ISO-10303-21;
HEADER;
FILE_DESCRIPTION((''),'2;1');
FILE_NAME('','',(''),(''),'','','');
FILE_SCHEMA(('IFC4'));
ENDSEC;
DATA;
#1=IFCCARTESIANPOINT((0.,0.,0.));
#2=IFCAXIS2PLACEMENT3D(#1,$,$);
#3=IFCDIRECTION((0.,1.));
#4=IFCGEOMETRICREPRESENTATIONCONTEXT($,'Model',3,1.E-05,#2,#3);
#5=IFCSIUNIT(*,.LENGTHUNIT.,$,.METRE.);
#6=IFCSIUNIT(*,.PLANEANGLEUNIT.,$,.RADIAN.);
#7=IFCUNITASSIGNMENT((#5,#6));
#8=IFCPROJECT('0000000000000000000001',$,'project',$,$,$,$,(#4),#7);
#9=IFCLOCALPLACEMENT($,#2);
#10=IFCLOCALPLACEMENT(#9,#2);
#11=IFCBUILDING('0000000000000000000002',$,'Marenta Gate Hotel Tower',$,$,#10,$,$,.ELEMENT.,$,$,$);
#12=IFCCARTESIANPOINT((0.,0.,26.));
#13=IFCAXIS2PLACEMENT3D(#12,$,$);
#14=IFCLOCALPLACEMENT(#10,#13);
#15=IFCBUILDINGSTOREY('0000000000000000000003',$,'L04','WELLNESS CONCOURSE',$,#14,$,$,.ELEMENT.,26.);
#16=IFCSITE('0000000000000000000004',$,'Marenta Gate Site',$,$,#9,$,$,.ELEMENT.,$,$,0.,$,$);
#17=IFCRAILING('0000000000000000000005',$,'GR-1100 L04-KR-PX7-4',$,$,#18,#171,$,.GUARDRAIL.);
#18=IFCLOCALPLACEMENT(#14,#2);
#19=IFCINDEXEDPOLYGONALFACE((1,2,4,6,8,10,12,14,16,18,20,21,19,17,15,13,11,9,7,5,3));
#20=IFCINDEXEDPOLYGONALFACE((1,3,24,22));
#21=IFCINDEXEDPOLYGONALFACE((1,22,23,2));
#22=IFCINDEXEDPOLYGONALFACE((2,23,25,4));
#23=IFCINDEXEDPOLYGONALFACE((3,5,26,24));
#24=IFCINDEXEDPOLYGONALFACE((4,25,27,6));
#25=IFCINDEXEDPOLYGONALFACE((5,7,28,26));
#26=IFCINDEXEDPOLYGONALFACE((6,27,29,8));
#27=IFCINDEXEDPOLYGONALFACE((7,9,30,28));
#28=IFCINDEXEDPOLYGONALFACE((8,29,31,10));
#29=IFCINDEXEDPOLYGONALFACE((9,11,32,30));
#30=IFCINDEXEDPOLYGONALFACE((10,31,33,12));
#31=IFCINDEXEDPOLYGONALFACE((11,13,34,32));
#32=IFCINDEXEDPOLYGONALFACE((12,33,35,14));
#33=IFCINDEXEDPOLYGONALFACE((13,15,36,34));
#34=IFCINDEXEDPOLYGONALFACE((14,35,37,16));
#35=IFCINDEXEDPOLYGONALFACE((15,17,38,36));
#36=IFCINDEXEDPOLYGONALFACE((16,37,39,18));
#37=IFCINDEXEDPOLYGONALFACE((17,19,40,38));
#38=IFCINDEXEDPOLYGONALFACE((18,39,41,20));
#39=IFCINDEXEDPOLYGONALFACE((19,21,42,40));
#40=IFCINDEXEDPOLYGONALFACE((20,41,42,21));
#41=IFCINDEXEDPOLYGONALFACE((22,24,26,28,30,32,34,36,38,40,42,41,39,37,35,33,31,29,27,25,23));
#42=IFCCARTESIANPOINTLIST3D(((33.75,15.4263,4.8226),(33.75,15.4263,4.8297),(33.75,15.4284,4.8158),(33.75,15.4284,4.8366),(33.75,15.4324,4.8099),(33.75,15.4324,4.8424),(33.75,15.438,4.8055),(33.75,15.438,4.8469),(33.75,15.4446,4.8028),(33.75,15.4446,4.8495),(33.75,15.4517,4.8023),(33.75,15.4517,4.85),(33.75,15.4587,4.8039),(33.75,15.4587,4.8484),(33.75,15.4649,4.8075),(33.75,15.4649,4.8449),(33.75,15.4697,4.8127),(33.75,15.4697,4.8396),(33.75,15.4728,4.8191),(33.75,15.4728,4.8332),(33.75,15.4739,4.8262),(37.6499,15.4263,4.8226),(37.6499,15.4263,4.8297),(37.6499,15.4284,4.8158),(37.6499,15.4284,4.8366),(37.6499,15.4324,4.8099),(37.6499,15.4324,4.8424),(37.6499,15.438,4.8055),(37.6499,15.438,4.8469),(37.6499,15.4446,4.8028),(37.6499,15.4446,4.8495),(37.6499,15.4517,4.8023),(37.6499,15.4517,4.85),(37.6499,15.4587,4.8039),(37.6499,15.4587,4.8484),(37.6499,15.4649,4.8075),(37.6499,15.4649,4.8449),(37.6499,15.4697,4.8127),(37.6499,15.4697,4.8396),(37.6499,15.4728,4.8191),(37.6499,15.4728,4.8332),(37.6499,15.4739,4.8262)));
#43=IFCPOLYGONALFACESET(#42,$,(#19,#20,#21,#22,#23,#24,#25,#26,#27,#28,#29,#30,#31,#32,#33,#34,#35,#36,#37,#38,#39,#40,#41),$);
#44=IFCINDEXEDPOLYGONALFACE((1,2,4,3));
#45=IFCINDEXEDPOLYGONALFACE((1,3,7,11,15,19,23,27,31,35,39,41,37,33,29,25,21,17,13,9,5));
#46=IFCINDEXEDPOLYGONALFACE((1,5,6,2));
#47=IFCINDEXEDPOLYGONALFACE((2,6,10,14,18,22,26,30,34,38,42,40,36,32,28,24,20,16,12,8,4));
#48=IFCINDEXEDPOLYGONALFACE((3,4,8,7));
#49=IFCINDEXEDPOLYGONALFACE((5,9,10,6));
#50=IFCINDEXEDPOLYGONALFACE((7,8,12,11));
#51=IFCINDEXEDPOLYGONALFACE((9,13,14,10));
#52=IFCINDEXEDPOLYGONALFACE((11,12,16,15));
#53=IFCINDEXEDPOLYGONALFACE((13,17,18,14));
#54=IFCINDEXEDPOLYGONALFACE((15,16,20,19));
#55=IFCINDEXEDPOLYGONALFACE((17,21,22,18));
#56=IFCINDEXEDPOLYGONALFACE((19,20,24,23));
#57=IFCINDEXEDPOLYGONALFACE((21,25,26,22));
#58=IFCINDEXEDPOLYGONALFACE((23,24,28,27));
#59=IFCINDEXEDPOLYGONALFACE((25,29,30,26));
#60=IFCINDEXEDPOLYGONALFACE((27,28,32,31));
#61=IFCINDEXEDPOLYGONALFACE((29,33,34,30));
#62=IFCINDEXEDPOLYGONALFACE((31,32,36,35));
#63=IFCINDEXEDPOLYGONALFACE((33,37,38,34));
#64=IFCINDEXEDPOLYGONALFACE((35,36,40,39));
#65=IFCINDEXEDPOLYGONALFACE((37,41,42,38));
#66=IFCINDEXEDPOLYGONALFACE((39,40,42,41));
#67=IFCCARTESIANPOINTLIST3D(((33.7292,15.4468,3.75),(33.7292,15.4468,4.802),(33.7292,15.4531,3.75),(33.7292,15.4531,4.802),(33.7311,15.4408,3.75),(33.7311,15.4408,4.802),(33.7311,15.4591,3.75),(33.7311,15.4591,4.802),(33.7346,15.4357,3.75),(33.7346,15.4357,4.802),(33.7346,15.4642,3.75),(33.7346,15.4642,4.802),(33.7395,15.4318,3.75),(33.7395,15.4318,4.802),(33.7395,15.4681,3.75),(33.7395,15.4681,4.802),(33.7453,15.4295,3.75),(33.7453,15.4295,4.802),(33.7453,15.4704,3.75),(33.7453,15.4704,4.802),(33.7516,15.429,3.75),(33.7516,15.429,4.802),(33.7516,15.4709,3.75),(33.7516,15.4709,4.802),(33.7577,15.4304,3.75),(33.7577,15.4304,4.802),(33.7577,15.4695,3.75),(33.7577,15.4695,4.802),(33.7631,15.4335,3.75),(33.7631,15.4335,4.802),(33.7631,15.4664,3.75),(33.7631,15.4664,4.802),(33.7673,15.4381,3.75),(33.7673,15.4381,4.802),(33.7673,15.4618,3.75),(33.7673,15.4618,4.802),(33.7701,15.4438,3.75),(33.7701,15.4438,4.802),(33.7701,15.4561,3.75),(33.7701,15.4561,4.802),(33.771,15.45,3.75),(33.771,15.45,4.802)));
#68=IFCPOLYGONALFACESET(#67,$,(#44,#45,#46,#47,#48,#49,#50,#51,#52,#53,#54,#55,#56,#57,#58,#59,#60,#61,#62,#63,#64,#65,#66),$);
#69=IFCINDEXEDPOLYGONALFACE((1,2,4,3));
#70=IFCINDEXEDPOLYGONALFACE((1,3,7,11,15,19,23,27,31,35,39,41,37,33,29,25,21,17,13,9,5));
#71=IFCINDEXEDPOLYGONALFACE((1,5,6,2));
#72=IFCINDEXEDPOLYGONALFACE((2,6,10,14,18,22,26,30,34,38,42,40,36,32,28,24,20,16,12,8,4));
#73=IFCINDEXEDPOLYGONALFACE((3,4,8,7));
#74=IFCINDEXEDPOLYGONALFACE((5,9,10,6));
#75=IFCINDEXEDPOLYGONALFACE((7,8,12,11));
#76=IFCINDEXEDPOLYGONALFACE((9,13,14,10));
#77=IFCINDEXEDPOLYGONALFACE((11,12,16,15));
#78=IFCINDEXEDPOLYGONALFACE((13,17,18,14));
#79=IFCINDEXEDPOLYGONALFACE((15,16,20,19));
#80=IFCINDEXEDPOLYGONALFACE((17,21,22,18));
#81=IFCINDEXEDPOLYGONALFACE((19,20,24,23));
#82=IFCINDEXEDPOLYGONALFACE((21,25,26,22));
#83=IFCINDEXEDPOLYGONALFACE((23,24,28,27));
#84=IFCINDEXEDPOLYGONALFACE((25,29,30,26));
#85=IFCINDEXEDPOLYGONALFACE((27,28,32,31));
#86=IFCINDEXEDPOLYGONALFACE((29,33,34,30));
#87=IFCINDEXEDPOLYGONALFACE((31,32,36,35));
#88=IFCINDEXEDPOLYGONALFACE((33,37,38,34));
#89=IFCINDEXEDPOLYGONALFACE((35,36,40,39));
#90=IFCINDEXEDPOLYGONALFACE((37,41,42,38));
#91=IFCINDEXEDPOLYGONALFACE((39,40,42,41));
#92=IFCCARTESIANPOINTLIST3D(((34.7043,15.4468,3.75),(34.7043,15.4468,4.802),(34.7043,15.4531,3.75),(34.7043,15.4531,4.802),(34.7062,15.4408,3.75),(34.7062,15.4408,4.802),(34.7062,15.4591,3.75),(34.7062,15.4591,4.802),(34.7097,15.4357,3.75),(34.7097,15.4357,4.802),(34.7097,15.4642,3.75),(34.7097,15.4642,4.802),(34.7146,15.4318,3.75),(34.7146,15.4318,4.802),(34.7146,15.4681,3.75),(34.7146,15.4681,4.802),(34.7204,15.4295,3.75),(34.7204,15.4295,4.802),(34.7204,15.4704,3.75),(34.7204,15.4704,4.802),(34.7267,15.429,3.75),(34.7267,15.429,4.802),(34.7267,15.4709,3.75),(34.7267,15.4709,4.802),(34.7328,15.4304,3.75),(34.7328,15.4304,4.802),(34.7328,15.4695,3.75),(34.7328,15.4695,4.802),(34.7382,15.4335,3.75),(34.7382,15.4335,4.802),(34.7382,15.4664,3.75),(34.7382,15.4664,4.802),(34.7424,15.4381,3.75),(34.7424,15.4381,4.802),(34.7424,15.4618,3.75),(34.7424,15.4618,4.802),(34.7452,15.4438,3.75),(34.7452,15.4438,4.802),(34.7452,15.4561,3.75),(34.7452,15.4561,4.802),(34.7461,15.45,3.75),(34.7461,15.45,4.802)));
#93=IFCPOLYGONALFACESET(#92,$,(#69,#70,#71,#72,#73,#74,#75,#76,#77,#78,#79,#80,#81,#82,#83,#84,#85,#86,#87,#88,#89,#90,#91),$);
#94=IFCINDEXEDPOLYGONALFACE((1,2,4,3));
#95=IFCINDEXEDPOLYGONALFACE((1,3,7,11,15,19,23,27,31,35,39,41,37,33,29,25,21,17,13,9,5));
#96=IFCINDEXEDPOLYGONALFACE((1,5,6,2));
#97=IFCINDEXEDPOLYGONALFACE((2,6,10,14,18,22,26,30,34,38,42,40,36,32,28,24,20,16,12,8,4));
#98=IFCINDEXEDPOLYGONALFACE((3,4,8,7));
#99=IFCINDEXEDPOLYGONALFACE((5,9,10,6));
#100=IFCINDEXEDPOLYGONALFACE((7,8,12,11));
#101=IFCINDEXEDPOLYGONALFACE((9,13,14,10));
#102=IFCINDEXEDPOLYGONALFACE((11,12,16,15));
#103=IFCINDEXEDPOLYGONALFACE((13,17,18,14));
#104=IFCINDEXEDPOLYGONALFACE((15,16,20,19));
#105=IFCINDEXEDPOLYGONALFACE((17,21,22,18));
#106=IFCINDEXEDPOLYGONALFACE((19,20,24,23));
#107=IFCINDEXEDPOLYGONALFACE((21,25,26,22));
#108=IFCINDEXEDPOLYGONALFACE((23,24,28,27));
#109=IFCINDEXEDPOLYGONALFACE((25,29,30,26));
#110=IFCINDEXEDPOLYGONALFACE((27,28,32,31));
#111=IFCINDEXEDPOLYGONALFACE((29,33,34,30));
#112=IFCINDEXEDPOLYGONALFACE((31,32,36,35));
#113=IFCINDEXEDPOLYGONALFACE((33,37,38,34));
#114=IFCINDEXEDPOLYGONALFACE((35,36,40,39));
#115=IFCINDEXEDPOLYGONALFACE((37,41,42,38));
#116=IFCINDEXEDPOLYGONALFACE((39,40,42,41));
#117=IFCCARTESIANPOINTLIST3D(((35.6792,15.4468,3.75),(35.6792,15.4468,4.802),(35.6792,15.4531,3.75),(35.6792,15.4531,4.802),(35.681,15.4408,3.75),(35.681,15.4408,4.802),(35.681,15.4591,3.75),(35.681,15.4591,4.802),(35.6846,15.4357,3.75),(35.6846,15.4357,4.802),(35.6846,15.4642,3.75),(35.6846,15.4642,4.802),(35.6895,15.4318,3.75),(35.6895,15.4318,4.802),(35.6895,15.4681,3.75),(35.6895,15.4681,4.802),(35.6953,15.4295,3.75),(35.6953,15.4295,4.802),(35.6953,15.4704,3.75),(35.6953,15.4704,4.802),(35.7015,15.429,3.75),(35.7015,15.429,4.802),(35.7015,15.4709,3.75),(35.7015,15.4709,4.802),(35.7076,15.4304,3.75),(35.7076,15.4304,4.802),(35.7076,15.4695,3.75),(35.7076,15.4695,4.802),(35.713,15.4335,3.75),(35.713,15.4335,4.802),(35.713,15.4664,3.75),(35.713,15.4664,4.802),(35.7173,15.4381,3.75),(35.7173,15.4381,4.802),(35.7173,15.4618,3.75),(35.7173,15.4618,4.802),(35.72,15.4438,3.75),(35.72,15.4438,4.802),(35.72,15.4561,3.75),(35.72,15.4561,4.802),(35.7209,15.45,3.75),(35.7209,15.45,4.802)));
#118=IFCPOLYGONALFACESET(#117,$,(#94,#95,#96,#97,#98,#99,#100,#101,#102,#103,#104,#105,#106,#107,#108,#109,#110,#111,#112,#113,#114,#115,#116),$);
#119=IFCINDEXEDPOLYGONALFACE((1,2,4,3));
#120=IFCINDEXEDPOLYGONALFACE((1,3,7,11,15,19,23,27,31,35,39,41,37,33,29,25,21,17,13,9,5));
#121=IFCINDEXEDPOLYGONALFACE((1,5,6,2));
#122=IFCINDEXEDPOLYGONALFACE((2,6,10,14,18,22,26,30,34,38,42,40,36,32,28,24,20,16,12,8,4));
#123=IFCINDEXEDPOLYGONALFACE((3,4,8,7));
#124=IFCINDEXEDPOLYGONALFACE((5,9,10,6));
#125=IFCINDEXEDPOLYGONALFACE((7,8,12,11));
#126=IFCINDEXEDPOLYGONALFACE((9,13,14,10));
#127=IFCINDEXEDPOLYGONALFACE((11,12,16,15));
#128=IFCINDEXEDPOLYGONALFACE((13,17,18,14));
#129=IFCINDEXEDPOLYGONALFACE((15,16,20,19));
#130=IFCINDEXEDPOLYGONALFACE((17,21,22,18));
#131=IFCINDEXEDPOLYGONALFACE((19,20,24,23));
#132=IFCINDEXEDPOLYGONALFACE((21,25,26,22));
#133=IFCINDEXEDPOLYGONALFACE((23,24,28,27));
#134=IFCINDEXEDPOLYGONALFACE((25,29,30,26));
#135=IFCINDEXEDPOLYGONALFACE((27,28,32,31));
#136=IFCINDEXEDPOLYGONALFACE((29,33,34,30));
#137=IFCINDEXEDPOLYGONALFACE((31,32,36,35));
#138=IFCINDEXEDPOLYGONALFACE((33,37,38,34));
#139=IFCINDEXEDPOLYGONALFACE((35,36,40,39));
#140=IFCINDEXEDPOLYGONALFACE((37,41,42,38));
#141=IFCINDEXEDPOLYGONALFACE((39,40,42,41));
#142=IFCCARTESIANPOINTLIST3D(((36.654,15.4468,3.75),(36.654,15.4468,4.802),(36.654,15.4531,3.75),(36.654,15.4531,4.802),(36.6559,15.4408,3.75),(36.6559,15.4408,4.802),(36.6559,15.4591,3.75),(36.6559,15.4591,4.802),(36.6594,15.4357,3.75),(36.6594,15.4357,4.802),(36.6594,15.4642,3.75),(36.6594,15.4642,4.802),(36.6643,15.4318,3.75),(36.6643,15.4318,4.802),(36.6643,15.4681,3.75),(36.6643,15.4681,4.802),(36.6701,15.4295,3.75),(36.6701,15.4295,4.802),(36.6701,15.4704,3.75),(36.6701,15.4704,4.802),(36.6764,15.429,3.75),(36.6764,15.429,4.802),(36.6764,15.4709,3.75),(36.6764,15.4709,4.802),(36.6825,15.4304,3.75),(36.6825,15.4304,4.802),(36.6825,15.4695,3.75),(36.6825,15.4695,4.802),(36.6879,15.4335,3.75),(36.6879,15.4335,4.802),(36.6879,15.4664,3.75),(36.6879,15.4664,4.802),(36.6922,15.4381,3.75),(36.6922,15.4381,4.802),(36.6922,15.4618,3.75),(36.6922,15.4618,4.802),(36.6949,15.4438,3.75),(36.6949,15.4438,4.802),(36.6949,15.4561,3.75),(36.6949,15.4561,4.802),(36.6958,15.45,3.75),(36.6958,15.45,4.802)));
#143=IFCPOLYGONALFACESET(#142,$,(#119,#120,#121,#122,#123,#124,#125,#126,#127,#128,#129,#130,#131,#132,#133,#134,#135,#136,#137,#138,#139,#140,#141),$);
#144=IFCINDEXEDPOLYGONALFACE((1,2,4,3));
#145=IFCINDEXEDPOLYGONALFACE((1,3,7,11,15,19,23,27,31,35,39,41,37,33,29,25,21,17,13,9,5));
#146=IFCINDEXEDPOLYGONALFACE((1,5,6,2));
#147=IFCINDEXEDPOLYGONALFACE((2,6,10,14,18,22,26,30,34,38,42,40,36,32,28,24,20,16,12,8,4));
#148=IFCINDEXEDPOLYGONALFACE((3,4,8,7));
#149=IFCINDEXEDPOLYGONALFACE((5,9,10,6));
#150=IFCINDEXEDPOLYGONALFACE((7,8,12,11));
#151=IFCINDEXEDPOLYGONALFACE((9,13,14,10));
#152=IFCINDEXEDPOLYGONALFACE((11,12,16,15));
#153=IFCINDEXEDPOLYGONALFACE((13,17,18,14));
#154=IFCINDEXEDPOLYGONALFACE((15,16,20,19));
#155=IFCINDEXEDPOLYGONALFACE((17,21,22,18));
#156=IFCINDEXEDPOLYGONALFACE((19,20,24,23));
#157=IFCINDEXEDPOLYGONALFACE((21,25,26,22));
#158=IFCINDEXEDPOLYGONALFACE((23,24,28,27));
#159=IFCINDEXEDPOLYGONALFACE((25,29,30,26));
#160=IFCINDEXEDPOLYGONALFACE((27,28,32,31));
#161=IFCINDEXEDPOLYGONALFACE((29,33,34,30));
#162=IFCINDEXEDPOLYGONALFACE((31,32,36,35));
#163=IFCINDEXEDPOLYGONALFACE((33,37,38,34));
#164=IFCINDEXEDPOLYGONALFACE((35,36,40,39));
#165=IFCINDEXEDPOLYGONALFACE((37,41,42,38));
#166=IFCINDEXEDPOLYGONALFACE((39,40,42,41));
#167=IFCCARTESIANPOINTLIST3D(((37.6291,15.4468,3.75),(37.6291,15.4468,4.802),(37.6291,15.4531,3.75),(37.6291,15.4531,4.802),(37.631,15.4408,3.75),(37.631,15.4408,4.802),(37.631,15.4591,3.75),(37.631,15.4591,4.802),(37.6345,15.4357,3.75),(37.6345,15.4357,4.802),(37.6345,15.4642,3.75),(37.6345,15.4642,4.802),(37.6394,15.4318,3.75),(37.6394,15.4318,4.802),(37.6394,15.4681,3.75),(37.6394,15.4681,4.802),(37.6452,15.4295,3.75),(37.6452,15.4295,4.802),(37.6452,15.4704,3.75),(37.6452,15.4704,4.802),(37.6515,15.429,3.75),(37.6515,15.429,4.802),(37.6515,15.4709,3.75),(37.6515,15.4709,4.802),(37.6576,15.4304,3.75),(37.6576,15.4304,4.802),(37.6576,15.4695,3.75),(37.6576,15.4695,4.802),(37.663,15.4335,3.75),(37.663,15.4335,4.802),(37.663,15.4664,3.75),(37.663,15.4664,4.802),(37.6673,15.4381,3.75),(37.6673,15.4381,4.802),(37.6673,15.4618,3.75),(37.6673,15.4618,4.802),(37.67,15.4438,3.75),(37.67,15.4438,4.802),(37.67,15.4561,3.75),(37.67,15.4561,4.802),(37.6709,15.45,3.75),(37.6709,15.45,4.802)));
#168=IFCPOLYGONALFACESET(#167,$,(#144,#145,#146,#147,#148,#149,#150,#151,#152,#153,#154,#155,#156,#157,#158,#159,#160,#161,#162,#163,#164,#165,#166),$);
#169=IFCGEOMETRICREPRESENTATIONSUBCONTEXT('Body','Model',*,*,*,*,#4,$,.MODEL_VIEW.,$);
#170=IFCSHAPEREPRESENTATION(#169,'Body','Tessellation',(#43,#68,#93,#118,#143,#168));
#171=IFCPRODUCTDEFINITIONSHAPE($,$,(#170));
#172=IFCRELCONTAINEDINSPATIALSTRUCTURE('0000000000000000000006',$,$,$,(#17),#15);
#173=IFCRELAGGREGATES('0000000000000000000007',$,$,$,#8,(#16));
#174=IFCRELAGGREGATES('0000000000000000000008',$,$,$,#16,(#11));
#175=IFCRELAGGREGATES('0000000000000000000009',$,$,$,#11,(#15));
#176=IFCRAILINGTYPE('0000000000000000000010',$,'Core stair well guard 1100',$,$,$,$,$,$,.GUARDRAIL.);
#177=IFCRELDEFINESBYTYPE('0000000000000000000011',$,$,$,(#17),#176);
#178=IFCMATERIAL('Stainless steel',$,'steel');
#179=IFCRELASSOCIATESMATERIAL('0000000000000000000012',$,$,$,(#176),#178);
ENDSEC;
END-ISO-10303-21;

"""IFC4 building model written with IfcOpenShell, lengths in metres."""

from ifc_helpers import new_model, si_unit, direction, frame, origin, origin_2d, place, context, subcontext, project, spatial, circle, extrude, material, type_object, element, save


model = new_model("IFC4")

# Units and contexts
model_context = context("Model", 3, precision=1e-05, world=origin(), true_north=direction((0.0, 1.0)))
body_context = subcontext(model_context, "Body", "Model", "MODEL_VIEW")
ifc_project = project(units=[si_unit("LENGTHUNIT", "METRE"), si_unit("PLANEANGLEUNIT", "RADIAN")], contexts=[model_context])

# Site, building, storey
site_placement = place(None, origin())
site = spatial("IfcSite", under=ifc_project, at=site_placement, Name="Marenta Gate Site", CompositionType="ELEMENT", RefElevation=0.0)
building_placement = place(site_placement, origin())
building = spatial("IfcBuilding", under=site, at=building_placement, Name="Marenta Gate Hotel Tower", CompositionType="ELEMENT")
storey_placement = place(building_placement, frame((0.0, 0.0, 26.0)))
storey = spatial("IfcBuildingStorey", under=building, at=storey_placement, Name="L04", Description="WELLNESS CONCOURSE", CompositionType="ELEMENT", Elevation=26.0)

# Railing
ifc_material_1 = material(Name="Stainless steel", Category="steel")
railing_type = type_object("IfcRailingType", Name="Core stair well guard 1100", PredefinedType="GUARDRAIL", material=ifc_material_1)
for number, where, name in (
    (1, (33.75, 15.45, 3.75), "GR-1100 L04-KR-PX7-4"),
):
    element("IfcRailing", number, at=place(storey_placement, frame(where)), inside=storey, type_object=railing_type, Name=name, PredefinedType="GUARDRAIL", context=body_context, shape_type="SweptSolid", body=[
        extrude(circle(Radius=0.0239, at=origin_2d()), frame((0.0, 0.0, 1.0762), z_axis=(1.0, 0.0, 0.0), x_axis=(0.0, 1.0, 0.0)), (0.0, 0.0, 1.0), 3.8999),
        extrude(circle(Radius=0.021, at=origin_2d()), origin(), (0.0, 0.0, 1.0), 1.052),
        extrude(circle(Radius=0.021, at=origin_2d()), frame((0.9751, 0.0, 0.0)), (0.0, 0.0, 1.0), 1.052),
        extrude(circle(Radius=0.021, at=origin_2d()), frame((1.95, 0.0, 0.0)), (0.0, 0.0, 1.0), 1.052),
        extrude(circle(Radius=0.021, at=origin_2d()), frame((2.9248, 0.0, 0.0)), (0.0, 0.0, 1.0), 1.052),
        extrude(circle(Radius=0.021, at=origin_2d()), frame((3.8999, 0.0, 0.0)), (0.0, 0.0, 1.0), 1.052),
    ])

save(model, "model.ifc")
